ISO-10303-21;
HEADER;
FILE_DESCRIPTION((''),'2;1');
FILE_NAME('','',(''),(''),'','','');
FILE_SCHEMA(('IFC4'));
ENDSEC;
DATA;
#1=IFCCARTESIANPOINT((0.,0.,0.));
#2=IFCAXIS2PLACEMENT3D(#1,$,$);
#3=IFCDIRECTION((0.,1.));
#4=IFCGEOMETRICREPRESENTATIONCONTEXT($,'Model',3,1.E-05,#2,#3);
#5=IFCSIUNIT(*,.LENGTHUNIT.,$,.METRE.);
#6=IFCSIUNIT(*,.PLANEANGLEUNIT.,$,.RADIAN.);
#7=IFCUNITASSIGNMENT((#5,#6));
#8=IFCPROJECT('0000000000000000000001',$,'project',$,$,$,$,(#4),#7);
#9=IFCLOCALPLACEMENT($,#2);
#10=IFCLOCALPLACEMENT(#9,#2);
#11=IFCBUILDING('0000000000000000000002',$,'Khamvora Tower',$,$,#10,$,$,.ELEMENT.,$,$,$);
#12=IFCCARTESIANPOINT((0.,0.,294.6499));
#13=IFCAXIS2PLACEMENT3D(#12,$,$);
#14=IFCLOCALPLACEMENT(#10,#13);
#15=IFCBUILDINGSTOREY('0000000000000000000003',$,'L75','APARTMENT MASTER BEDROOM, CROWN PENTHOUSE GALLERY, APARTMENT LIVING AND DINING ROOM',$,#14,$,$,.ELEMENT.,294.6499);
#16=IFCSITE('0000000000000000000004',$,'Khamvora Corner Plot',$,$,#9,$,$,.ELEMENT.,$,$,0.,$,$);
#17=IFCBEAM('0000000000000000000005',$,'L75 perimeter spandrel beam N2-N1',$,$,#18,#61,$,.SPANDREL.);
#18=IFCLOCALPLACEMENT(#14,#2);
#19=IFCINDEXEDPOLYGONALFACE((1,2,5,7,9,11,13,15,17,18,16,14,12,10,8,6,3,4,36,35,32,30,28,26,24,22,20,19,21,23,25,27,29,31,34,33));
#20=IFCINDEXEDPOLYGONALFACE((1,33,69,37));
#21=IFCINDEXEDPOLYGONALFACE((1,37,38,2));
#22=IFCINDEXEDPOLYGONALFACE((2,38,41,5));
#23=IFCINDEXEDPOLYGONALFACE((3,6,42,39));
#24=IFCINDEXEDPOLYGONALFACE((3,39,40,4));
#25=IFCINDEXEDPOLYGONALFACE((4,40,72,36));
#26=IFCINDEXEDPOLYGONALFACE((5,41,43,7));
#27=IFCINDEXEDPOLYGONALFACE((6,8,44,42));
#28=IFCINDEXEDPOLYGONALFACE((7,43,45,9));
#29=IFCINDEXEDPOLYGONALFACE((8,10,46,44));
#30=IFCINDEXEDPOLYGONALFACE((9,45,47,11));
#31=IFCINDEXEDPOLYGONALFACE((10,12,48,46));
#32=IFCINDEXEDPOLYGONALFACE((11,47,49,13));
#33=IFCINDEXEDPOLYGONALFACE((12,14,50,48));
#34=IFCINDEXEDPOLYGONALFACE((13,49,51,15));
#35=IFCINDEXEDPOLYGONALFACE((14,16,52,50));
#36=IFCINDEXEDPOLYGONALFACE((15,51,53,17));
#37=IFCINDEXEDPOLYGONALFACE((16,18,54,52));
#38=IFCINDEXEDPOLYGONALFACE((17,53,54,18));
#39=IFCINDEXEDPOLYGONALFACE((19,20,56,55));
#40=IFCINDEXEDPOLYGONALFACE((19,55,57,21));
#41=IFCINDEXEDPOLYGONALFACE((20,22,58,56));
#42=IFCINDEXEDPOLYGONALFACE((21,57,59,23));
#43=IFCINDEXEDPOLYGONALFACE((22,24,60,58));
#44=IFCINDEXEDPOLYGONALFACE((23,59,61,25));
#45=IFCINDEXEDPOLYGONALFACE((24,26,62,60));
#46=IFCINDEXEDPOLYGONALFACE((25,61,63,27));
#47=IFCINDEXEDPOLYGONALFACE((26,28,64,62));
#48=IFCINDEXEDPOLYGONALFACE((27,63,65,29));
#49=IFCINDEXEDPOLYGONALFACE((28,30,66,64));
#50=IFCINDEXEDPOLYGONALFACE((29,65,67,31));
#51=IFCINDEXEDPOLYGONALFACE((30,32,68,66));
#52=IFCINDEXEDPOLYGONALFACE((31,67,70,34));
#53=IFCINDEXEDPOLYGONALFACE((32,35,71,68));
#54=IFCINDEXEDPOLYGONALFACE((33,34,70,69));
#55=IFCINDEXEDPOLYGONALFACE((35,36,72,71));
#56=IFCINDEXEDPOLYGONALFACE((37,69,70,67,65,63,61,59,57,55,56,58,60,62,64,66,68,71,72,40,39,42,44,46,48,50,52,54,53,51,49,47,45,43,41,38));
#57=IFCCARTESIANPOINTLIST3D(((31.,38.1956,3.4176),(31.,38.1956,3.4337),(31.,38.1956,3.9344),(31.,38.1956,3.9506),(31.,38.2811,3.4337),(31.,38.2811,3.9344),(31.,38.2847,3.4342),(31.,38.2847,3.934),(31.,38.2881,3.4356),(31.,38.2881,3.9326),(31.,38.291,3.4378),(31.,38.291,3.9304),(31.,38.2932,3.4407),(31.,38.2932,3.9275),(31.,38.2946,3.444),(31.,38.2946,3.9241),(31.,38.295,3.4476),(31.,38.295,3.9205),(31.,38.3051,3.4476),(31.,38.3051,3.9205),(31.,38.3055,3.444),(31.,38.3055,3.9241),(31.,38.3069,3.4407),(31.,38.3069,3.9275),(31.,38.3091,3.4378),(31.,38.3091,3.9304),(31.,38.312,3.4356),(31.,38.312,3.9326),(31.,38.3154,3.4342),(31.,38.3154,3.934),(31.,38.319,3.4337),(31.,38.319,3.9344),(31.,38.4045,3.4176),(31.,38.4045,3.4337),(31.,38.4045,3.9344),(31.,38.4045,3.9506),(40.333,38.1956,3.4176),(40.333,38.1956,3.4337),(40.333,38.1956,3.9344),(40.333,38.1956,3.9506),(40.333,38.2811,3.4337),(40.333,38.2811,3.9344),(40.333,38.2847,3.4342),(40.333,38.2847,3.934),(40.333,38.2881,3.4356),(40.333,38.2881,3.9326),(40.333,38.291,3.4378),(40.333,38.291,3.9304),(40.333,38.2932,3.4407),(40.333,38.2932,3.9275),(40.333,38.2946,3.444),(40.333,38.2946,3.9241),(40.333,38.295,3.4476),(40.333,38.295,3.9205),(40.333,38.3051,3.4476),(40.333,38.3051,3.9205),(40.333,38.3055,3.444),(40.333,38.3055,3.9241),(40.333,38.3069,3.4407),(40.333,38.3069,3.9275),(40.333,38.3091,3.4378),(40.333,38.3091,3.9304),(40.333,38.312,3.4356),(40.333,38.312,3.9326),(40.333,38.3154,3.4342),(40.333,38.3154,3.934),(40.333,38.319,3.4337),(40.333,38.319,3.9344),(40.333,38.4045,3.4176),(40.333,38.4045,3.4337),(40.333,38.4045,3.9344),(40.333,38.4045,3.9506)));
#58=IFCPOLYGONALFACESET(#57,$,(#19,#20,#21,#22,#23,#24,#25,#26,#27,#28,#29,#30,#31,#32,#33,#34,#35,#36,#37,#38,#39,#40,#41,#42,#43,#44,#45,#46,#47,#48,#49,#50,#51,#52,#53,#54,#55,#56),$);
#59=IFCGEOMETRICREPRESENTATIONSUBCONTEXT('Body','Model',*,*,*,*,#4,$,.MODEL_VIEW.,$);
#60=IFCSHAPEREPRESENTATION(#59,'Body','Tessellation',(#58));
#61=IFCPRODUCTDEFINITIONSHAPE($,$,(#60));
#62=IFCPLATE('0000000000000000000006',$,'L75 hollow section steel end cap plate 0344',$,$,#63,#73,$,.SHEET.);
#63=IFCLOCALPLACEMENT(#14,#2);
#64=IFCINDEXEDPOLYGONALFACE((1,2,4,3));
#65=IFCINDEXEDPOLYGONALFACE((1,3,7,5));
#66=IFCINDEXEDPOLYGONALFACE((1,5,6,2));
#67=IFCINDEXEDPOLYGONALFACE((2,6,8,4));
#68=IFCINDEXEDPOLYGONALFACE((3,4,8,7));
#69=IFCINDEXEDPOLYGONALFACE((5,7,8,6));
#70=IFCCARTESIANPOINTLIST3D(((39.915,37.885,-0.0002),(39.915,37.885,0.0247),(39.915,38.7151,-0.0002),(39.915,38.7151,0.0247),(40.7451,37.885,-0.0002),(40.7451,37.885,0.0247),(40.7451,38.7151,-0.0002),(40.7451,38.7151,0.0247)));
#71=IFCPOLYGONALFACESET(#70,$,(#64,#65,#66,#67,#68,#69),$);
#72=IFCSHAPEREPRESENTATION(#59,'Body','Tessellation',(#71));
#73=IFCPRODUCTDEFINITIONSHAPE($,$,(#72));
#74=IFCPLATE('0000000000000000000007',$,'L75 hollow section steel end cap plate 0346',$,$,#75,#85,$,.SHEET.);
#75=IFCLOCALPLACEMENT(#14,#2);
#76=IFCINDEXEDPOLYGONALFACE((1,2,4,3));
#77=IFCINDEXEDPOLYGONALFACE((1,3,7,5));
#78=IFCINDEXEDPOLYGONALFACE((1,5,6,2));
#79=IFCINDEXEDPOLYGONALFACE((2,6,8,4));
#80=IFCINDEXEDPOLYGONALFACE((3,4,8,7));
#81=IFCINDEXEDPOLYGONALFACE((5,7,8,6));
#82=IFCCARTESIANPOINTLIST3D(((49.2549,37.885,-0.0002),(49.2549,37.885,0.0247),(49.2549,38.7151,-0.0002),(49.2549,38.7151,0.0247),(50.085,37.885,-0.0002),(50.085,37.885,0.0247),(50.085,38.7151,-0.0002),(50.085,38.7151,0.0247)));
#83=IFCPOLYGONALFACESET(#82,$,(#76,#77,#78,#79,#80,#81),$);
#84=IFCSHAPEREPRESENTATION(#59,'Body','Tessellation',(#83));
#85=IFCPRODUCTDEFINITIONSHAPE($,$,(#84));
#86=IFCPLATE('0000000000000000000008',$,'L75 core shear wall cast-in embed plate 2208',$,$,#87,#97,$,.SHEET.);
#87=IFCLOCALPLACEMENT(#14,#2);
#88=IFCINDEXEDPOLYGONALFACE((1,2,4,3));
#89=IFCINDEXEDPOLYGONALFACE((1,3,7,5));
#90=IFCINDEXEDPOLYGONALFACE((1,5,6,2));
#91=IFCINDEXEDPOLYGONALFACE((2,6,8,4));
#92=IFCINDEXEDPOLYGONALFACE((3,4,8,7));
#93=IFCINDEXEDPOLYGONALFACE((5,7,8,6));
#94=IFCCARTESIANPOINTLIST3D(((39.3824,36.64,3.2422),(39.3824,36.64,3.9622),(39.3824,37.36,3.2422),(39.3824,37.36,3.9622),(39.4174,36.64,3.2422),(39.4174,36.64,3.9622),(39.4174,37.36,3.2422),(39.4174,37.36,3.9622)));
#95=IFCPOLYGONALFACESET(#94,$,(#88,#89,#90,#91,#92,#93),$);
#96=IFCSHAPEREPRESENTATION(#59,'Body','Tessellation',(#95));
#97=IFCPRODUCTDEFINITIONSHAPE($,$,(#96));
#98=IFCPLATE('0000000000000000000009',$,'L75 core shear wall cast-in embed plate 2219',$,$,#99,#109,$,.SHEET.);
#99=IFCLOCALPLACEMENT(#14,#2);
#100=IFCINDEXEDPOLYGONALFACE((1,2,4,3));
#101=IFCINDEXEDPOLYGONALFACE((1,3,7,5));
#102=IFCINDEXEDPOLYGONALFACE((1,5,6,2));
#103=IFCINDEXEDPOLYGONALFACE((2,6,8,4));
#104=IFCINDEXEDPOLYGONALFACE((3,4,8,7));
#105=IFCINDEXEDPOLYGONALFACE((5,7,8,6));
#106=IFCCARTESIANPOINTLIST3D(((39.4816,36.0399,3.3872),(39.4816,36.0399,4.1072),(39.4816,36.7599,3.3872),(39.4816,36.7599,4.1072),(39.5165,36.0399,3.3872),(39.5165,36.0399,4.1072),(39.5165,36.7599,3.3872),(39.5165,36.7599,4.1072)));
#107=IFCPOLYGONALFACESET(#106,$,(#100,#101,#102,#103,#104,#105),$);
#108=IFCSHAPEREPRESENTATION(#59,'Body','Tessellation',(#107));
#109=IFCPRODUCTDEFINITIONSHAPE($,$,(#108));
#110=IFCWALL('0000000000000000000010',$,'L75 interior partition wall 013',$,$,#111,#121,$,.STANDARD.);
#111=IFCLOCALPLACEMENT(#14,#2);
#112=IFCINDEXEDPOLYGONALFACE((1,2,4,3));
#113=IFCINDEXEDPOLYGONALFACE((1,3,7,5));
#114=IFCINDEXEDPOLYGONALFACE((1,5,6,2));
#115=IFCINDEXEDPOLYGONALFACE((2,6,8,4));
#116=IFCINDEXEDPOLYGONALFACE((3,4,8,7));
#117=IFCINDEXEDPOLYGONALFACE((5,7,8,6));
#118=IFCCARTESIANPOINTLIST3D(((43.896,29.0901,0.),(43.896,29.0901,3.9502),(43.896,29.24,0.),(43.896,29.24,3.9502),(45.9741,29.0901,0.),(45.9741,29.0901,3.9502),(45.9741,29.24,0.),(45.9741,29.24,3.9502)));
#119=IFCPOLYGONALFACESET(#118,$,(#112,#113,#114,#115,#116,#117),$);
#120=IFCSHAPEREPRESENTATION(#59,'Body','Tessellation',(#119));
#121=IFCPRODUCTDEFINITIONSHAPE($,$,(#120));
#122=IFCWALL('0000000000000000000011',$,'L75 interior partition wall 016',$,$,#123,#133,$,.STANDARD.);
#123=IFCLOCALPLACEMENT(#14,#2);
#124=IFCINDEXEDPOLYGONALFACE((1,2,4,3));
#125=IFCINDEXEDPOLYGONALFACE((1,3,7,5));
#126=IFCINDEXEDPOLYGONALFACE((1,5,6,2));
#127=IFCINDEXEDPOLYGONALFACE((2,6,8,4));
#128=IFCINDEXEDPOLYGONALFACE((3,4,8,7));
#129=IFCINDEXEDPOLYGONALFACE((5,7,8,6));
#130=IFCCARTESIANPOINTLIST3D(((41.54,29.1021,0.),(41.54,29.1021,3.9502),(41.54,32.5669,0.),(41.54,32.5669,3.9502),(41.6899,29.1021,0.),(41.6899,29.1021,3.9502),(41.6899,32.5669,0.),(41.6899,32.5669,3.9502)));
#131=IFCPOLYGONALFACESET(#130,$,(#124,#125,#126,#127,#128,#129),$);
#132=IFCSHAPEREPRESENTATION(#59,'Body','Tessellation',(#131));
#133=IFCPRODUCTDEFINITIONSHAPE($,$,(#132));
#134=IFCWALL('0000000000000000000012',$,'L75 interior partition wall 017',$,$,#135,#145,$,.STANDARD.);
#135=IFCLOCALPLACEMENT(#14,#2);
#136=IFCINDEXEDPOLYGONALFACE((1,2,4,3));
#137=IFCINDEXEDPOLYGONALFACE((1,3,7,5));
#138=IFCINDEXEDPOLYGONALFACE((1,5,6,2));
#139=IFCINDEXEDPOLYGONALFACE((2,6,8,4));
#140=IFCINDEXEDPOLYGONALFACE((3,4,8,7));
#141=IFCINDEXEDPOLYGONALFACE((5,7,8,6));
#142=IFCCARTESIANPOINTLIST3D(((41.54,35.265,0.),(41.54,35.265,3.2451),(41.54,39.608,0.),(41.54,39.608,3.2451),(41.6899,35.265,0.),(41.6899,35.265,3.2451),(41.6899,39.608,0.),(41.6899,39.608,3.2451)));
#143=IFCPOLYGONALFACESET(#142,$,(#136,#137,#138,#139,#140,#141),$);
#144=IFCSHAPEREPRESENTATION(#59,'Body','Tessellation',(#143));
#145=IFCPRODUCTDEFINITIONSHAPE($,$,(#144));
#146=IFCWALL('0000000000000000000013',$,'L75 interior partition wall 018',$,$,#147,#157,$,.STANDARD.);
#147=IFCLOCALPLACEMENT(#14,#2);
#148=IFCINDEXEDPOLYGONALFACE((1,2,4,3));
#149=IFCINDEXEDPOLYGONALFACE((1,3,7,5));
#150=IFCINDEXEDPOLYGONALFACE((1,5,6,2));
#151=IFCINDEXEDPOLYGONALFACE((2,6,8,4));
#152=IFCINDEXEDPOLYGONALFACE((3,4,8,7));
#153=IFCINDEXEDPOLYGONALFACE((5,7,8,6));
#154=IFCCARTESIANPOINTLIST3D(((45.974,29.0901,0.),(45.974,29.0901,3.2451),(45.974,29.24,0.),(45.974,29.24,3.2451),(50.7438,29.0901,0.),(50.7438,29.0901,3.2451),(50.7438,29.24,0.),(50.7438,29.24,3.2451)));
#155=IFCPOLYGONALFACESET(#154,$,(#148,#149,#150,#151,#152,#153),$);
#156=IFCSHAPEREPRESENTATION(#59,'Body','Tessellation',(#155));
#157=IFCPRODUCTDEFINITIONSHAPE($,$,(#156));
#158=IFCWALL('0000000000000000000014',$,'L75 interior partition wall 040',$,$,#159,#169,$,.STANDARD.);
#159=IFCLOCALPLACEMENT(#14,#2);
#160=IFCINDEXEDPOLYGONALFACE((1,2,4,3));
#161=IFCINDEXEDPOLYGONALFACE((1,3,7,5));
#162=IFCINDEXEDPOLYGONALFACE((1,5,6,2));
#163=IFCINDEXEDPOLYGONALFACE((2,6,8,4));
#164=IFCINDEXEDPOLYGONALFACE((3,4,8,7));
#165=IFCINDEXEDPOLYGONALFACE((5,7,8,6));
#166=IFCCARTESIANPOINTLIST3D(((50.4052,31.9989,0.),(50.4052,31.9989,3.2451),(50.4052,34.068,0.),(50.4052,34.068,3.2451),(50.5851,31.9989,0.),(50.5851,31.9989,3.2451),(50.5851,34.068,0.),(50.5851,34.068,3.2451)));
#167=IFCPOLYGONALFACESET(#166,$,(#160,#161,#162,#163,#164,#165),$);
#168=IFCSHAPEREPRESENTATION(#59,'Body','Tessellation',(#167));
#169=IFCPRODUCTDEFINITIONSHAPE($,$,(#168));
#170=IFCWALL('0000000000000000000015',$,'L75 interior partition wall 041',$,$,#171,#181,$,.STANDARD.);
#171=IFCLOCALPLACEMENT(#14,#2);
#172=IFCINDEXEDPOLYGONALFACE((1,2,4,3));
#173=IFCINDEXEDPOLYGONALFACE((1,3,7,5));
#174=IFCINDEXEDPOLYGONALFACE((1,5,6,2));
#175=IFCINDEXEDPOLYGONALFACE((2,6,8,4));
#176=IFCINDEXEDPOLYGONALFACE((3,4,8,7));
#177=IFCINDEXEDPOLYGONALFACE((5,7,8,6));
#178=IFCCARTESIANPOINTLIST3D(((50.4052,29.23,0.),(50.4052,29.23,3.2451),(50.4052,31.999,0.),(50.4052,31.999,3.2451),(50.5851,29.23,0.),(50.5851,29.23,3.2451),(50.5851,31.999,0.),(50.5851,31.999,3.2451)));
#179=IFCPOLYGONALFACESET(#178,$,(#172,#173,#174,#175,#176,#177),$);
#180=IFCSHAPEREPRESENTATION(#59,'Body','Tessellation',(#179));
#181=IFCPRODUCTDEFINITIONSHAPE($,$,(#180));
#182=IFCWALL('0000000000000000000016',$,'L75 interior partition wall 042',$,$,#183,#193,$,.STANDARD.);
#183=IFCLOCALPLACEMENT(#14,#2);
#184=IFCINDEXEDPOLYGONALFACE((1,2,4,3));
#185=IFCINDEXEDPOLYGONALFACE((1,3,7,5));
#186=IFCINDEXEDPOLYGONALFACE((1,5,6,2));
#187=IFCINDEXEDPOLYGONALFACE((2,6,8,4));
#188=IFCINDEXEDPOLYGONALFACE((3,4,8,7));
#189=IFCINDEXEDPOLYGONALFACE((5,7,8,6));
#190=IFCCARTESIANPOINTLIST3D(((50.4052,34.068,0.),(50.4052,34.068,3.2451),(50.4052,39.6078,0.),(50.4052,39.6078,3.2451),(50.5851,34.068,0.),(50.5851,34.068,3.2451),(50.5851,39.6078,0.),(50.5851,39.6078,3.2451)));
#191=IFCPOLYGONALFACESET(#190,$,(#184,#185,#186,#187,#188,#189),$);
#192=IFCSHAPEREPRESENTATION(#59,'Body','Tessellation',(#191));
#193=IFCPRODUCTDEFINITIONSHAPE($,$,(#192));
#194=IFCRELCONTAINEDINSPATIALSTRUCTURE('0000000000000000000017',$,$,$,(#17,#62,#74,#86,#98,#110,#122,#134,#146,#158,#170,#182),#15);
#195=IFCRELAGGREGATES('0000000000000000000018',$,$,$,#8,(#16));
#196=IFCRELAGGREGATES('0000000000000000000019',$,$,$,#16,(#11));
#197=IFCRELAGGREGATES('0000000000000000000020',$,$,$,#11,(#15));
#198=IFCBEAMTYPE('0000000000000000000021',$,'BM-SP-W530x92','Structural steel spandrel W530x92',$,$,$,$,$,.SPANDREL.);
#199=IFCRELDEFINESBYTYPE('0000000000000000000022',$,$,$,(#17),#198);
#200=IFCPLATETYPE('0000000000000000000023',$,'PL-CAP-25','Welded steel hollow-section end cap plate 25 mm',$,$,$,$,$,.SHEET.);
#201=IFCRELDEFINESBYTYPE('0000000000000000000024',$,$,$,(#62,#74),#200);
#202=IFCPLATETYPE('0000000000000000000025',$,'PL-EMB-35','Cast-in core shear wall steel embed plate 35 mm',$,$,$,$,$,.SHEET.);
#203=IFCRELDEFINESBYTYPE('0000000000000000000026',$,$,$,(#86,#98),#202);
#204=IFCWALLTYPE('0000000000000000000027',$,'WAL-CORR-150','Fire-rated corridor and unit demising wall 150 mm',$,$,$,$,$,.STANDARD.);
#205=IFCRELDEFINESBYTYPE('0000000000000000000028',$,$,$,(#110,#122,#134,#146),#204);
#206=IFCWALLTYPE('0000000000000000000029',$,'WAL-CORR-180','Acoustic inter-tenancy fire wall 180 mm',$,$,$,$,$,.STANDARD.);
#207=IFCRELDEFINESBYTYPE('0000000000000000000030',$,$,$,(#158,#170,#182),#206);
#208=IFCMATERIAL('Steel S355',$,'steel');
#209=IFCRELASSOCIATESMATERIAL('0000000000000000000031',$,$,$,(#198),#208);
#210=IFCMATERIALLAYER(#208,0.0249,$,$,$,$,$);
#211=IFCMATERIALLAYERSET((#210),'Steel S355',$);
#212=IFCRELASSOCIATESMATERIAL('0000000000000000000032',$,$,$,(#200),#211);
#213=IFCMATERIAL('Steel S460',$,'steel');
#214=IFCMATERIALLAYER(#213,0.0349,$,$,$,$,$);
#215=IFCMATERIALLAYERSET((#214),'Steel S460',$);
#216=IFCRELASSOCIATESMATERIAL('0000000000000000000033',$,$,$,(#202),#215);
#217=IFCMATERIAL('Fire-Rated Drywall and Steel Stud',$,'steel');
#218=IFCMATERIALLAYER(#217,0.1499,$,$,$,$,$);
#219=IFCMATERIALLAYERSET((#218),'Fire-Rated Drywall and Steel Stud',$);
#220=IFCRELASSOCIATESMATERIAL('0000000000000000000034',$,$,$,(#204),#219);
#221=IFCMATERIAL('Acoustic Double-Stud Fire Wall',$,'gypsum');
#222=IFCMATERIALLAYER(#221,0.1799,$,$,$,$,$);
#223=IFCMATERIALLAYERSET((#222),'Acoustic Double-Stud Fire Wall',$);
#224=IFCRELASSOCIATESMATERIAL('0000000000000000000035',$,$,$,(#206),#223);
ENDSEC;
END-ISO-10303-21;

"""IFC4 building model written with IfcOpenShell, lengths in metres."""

from ifc_helpers import new_model, si_unit, direction, frame, frame_2d, origin, origin_2d, place, context, subcontext, project, spatial, rectangle, i_section, extrude, material, layer, layer_set, material_profile, profile_set, type_object, element, save


model = new_model("IFC4")

# Units and contexts
model_context = context("Model", 3, precision=1e-05, world=origin(), true_north=direction((0.0, 1.0)))
body_context = subcontext(model_context, "Body", "Model", "MODEL_VIEW")
ifc_project = project(units=[si_unit("LENGTHUNIT", "METRE"), si_unit("PLANEANGLEUNIT", "RADIAN")], contexts=[model_context])

# Site, building, storey
site_placement = place(None, origin())
site = spatial("IfcSite", under=ifc_project, at=site_placement, Name="Khamvora Corner Plot", CompositionType="ELEMENT", RefElevation=0.0)
building_placement = place(site_placement, origin())
building = spatial("IfcBuilding", under=site, at=building_placement, Name="Khamvora Tower", CompositionType="ELEMENT")
storey_placement = place(building_placement, frame((0.0, 0.0, 294.6499)))
storey = spatial("IfcBuildingStorey", under=building, at=storey_placement, Name="L75", Description="APARTMENT MASTER BEDROOM, CROWN PENTHOUSE GALLERY, APARTMENT LIVING AND DINING ROOM", CompositionType="ELEMENT", Elevation=294.6499)

# Shared definitions
ifc_material_1 = material(Name="Steel S355", Category="steel")

# Beam
ifc_material_profile_1 = material_profile(ifc_material_1, i_section(OverallWidth=0.209, OverallDepth=0.533, WebThickness=0.01, FlangeThickness=0.0161, FilletRadius=0.0139, at=origin_2d()), Name="W530x92")
ifc_profile_set_1 = profile_set([ifc_material_profile_1], Name="Steel S355")
beam_type_1 = type_object("IfcBeamType", Name="BM-SP-W530x92", Description="Structural steel spandrel W530x92", PredefinedType="SPANDREL", material=ifc_profile_set_1)
beam_1_placement = place(storey_placement, frame((40.333, 38.3, 3.6841), z_axis=(-1.0, 0.0, 0.0), x_axis=(0.0, -1.0, 0.0)))
element("IfcBeam", 1, at=beam_1_placement, inside=storey, type_object=beam_type_1, Name="L75 perimeter spandrel beam N2-N1", PredefinedType="SPANDREL", context=body_context, shape_type="SweptSolid", body=[
    extrude(i_section(OverallWidth=0.209, OverallDepth=0.533, WebThickness=0.01, FlangeThickness=0.0161, FilletRadius=0.0139, at=origin_2d()), origin(), (0.0, 0.0, 1.0), 9.333),
])

# Plates
ifc_layer_1 = layer(ifc_material_1, 0.0249)
ifc_layer_set_1 = layer_set([ifc_layer_1], Name="Steel S355")
plate_type_1 = type_object("IfcPlateType", Name="PL-CAP-25", Description="Welded steel hollow-section end cap plate 25 mm", PredefinedType="SHEET", material=ifc_layer_set_1)
for number, where, z_axis, x_axis, name in (
    (2, (40.3301, 38.3, -0.0002), (0.0, 0.0, 1.0), (1.0, 0.0, 0.0), "L75 hollow section steel end cap plate 0344"),
    (3, (49.6699, 38.3, -0.0002), (0.0, 0.0, 1.0), (1.0, 0.0, 0.0), "L75 hollow section steel end cap plate 0346"),
):
    element("IfcPlate", number, at=place(storey_placement, frame(where, z_axis=z_axis, x_axis=x_axis)), inside=storey, type_object=plate_type_1, Name=name, PredefinedType="SHEET", context=body_context, shape_type="SweptSolid", body=[
        extrude(rectangle(XDim=0.8301, YDim=0.8301, at=origin_2d()), origin(), (0.0, 0.0, 1.0), 0.0249),
    ])
ifc_material_2 = material(Name="Steel S460", Category="steel")
ifc_layer_2 = layer(ifc_material_2, 0.0349)
ifc_layer_set_2 = layer_set([ifc_layer_2], Name="Steel S460")
plate_type_2 = type_object("IfcPlateType", Name="PL-EMB-35", Description="Cast-in core shear wall steel embed plate 35 mm", PredefinedType="SHEET", material=ifc_layer_set_2)
for number, where, z_axis, x_axis, name in (
    (4, (39.3999, 37.0, 3.2422), (0.0, 0.0, 1.0), (1.0, 0.0, 0.0), "L75 core shear wall cast-in embed plate 2208"),
    (5, (39.499, 36.3999, 3.3872), (0.0, 0.0, 1.0), (1.0, 0.0, 0.0), "L75 core shear wall cast-in embed plate 2219"),
):
    element("IfcPlate", number, at=place(storey_placement, frame(where, z_axis=z_axis, x_axis=x_axis)), inside=storey, type_object=plate_type_2, Name=name, PredefinedType="SHEET", context=body_context, shape_type="SweptSolid", body=[
        extrude(rectangle(XDim=0.0349, YDim=0.72, at=origin_2d()), origin(), (0.0, 0.0, 1.0), 0.72),
    ])

# Wall
ifc_material_3 = material(Name="Fire-Rated Drywall and Steel Stud", Category="steel")
ifc_layer_3 = layer(ifc_material_3, 0.1499)
ifc_layer_set_3 = layer_set([ifc_layer_3], Name="Fire-Rated Drywall and Steel Stud")
wall_type_1 = type_object("IfcWallType", Name="WAL-CORR-150", Description="Fire-rated corridor and unit demising wall 150 mm", PredefinedType="STANDARD", material=ifc_layer_set_3)
wall_1_placement = place(storey_placement, frame((43.896, 29.165, 0.0), z_axis=(0.0, 0.0, 1.0), x_axis=(1.0, 0.0, 0.0)))
element("IfcWall", 6, at=wall_1_placement, inside=storey, type_object=wall_type_1, Name="L75 interior partition wall 013", PredefinedType="STANDARD", context=body_context, shape_type="SweptSolid", body=[
    extrude(rectangle(XDim=2.0781, YDim=0.1499, at=frame_2d((1.0391, 0.0))), origin(), (0.0, 0.0, 1.0), 3.9502),
])

# Walls
wall_2_placement = place(storey_placement, frame((41.615, 32.5669, 0.0), z_axis=(0.0, 0.0, 1.0), x_axis=(0.0, -1.0, 0.0)))
element("IfcWall", 7, at=wall_2_placement, inside=storey, type_object=wall_type_1, Name="L75 interior partition wall 016", PredefinedType="STANDARD", context=body_context, shape_type="SweptSolid", body=[
    extrude(rectangle(XDim=3.4648, YDim=0.1499, at=frame_2d((1.7324, 0.0))), origin(), (0.0, 0.0, 1.0), 3.9502),
])
wall_3_placement = place(storey_placement, frame((41.615, 39.6079, 0.0), z_axis=(0.0, 0.0, 1.0), x_axis=(0.0, -1.0, 0.0)))
element("IfcWall", 8, at=wall_3_placement, inside=storey, type_object=wall_type_1, Name="L75 interior partition wall 017", PredefinedType="STANDARD", context=body_context, shape_type="SweptSolid", body=[
    extrude(rectangle(XDim=4.343, YDim=0.1499, at=frame_2d((2.1714, 0.0))), origin(), (0.0, 0.0, 1.0), 3.2451),
])
wall_4_placement = place(storey_placement, frame((45.9741, 29.165, 0.0), z_axis=(0.0, 0.0, 1.0), x_axis=(1.0, 0.0, 0.0)))
element("IfcWall", 9, at=wall_4_placement, inside=storey, type_object=wall_type_1, Name="L75 interior partition wall 018", PredefinedType="STANDARD", context=body_context, shape_type="SweptSolid", body=[
    extrude(rectangle(XDim=4.7698, YDim=0.1499, at=frame_2d((2.3848, 0.0))), origin(), (0.0, 0.0, 1.0), 3.2451),
])
ifc_material_4 = material(Name="Acoustic Double-Stud Fire Wall", Category="gypsum")
ifc_layer_4 = layer(ifc_material_4, 0.1799)
ifc_layer_set_4 = layer_set([ifc_layer_4], Name="Acoustic Double-Stud Fire Wall")
wall_type_2 = type_object("IfcWallType", Name="WAL-CORR-180", Description="Acoustic inter-tenancy fire wall 180 mm", PredefinedType="STANDARD", material=ifc_layer_set_4)
wall_5_placement = place(storey_placement, frame((50.4951, 34.0681, 0.0), z_axis=(0.0, 0.0, 1.0), x_axis=(0.0, -1.0, 0.0)))
element("IfcWall", 10, at=wall_5_placement, inside=storey, type_object=wall_type_2, Name="L75 interior partition wall 040", PredefinedType="STANDARD", context=body_context, shape_type="SweptSolid", body=[
    extrude(rectangle(XDim=2.0691, YDim=0.1799, at=frame_2d((1.0347, 0.0))), origin(), (0.0, 0.0, 1.0), 3.2451),
])
wall_6_placement = place(storey_placement, frame((50.4951, 31.999, 0.0), z_axis=(0.0, 0.0, 1.0), x_axis=(0.0, -1.0, 0.0)))
element("IfcWall", 11, at=wall_6_placement, inside=storey, type_object=wall_type_2, Name="L75 interior partition wall 041", PredefinedType="STANDARD", context=body_context, shape_type="SweptSolid", body=[
    extrude(rectangle(XDim=2.769, YDim=0.1799, at=frame_2d((1.3845, 0.0))), origin(), (0.0, 0.0, 1.0), 3.2451),
])
wall_7_placement = place(storey_placement, frame((50.4951, 39.6079, 0.0), z_axis=(0.0, 0.0, 1.0), x_axis=(0.0, -1.0, 0.0)))
element("IfcWall", 12, at=wall_7_placement, inside=storey, type_object=wall_type_2, Name="L75 interior partition wall 042", PredefinedType="STANDARD", context=body_context, shape_type="SweptSolid", body=[
    extrude(rectangle(XDim=5.5398, YDim=0.1799, at=frame_2d((2.77, 0.0))), origin(), (0.0, 0.0, 1.0), 3.2451),
])

save(model, "model.ifc")
